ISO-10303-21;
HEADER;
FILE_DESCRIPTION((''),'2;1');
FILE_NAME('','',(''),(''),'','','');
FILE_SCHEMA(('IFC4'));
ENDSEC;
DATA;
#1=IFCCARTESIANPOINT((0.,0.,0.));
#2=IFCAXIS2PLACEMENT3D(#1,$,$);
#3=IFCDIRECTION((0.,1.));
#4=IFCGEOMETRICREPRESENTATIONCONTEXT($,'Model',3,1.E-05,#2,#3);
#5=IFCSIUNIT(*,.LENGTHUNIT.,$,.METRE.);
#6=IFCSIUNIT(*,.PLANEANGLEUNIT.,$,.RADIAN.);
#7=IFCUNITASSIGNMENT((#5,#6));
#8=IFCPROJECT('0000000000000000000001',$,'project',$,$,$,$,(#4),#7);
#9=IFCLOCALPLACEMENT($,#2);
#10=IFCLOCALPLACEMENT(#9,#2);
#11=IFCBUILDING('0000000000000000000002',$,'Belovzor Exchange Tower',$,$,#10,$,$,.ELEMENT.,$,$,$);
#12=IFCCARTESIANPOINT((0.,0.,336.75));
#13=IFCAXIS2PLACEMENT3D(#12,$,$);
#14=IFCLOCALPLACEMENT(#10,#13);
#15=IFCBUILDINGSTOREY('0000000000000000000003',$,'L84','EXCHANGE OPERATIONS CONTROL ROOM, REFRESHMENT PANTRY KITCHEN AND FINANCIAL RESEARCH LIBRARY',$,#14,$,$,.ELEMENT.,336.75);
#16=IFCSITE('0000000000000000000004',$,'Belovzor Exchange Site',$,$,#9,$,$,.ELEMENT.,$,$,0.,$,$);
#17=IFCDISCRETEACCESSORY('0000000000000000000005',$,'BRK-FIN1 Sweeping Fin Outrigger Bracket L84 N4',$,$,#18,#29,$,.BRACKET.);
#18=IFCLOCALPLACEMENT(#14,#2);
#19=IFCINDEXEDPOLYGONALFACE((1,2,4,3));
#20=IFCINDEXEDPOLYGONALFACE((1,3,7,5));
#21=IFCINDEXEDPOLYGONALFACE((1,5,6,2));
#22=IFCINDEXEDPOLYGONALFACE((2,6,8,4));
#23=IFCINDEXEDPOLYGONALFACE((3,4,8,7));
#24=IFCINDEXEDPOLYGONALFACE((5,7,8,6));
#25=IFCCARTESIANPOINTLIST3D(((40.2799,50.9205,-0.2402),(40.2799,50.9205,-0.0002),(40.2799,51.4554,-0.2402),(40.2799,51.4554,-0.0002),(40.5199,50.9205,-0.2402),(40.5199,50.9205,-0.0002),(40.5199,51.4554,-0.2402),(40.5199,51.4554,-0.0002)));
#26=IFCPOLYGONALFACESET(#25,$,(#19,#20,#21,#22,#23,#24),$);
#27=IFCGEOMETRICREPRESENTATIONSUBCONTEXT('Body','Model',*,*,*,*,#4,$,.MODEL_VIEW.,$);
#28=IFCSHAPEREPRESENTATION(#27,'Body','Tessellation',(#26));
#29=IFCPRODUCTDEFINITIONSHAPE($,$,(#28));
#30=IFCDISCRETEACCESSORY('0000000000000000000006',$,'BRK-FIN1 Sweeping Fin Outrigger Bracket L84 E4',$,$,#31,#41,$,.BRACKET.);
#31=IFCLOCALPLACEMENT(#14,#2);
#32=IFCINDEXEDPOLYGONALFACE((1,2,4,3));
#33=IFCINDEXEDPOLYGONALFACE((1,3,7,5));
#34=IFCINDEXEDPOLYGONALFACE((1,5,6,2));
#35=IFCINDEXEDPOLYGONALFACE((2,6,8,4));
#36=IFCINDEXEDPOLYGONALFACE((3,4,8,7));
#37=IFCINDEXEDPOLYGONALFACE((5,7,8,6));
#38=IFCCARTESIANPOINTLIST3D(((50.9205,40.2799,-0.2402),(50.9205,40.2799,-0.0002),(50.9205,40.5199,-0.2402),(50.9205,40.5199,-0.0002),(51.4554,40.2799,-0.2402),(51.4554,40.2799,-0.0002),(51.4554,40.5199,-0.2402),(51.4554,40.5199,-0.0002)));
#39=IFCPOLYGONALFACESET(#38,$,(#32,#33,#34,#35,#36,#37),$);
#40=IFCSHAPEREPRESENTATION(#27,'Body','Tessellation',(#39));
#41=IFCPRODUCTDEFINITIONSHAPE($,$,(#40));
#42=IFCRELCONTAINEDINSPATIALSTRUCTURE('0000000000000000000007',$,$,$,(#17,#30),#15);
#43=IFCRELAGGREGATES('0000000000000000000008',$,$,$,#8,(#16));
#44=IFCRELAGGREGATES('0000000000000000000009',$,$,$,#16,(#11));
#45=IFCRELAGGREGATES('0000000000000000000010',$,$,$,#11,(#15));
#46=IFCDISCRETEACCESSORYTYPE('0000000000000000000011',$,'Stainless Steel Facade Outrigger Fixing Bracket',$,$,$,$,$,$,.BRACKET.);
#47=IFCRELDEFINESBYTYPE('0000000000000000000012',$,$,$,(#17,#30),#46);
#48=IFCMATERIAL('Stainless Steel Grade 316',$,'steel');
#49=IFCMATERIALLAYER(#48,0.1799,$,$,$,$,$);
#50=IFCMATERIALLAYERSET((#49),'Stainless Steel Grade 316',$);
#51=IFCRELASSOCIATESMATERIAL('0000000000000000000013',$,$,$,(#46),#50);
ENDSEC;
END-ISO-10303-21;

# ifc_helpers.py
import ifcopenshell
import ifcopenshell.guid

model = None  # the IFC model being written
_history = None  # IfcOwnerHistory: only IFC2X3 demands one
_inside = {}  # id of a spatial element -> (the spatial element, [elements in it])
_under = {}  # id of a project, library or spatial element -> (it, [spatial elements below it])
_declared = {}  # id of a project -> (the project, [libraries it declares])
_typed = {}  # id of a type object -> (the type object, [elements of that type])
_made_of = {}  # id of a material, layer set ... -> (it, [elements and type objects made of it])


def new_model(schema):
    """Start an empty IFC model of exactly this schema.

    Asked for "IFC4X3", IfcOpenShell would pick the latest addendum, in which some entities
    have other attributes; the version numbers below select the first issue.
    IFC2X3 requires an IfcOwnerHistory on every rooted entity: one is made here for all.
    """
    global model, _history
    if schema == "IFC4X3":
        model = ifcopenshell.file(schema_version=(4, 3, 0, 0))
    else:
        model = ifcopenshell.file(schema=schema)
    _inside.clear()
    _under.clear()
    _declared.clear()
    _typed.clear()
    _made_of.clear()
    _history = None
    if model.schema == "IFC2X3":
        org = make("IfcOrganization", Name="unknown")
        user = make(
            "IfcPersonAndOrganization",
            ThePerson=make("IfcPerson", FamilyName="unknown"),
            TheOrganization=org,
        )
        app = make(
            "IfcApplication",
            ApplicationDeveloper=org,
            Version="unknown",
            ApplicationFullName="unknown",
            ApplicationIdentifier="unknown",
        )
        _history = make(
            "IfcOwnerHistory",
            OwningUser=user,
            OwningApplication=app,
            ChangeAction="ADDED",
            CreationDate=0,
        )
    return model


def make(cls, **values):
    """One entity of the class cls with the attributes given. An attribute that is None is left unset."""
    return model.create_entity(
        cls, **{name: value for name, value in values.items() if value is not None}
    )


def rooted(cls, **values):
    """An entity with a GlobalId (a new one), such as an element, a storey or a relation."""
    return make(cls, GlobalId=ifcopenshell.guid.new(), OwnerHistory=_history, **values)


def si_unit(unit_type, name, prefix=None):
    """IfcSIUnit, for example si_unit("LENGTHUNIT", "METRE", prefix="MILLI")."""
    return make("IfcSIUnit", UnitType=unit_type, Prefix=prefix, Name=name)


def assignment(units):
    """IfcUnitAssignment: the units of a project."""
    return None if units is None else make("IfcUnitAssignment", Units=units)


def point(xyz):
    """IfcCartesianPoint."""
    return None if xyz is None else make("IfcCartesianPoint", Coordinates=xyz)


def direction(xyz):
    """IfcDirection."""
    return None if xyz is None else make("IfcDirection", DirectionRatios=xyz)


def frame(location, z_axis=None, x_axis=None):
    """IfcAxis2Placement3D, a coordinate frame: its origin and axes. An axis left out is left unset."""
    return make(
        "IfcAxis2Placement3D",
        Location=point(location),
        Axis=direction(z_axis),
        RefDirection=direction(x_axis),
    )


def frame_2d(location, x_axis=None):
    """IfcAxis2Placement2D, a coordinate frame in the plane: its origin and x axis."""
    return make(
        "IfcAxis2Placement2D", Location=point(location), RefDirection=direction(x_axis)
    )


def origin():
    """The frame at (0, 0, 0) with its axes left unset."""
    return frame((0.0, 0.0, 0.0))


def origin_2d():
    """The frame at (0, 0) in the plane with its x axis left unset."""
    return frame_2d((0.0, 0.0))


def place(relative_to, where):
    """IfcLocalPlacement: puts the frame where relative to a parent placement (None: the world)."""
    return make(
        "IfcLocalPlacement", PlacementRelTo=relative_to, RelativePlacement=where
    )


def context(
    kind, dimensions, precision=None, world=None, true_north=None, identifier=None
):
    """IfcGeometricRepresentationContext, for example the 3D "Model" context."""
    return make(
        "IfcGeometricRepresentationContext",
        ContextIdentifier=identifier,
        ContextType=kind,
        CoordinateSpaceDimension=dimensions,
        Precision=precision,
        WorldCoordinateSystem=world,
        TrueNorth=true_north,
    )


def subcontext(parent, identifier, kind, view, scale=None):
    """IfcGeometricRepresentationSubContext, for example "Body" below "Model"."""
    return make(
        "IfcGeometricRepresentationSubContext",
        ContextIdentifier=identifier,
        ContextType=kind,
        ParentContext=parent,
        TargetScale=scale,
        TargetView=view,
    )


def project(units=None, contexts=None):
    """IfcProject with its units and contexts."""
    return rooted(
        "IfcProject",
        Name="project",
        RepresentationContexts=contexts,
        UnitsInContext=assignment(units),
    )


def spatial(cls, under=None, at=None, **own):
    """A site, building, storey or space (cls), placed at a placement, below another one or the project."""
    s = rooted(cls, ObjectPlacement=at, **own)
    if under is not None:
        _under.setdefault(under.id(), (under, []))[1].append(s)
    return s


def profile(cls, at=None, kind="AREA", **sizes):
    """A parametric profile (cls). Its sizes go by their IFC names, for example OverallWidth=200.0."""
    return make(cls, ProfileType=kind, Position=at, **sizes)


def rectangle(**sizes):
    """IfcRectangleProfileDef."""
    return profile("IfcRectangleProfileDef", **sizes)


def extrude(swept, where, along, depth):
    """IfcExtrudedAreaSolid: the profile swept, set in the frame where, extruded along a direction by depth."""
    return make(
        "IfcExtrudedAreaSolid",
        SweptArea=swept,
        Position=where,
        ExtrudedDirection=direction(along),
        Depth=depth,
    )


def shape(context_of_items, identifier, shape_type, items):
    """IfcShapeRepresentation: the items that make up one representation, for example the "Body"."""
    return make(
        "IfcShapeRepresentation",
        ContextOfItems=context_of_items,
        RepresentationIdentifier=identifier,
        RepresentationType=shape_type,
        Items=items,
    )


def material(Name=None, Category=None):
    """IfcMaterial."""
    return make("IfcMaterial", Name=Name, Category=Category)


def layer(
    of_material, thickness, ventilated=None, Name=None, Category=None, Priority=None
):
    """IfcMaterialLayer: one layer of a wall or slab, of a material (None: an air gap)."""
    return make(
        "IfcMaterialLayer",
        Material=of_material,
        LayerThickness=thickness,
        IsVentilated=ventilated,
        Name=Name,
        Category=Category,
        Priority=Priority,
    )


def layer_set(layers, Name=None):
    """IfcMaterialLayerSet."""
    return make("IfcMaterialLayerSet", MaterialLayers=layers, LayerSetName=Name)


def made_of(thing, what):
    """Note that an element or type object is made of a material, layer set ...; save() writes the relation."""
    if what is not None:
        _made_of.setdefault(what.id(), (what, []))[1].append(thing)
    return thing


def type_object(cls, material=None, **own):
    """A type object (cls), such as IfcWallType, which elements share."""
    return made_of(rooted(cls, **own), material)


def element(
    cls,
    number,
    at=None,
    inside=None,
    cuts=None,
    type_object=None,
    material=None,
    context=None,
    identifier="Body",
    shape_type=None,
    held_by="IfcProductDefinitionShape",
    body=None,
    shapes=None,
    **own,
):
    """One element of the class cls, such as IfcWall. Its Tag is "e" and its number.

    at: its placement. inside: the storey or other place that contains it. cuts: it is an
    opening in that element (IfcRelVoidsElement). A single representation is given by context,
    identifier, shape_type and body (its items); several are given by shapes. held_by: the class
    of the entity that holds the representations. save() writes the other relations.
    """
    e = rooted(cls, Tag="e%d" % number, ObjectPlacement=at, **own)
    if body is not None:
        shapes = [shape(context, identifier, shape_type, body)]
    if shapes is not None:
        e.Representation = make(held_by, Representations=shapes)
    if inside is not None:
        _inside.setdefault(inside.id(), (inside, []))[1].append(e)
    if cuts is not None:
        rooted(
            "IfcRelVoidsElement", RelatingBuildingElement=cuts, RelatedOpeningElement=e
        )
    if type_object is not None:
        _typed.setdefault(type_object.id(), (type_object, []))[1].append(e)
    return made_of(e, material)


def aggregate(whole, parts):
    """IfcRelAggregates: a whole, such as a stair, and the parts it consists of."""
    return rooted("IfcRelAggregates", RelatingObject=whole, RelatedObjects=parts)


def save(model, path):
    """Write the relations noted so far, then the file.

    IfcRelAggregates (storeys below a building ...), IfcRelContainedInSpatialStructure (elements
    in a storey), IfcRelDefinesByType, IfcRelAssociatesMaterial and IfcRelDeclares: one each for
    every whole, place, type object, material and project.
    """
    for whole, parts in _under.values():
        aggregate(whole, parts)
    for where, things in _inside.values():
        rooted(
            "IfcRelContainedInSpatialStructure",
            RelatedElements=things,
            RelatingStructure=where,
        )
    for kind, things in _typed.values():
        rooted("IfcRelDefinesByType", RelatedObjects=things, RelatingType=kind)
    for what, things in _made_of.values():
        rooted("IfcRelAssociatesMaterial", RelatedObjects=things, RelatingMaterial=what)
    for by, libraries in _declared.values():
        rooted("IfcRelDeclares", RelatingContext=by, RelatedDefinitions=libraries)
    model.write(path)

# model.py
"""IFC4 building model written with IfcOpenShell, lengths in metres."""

from ifc_helpers import new_model, si_unit, direction, frame, origin, origin_2d, place, context, subcontext, project, spatial, rectangle, extrude, material, layer, layer_set, type_object, element, save


model = new_model("IFC4")

# Units and contexts
model_context = context("Model", 3, precision=1e-05, world=origin(), true_north=direction((0.0, 1.0)))
body_context = subcontext(model_context, "Body", "Model", "MODEL_VIEW")
ifc_project = project(units=[si_unit("LENGTHUNIT", "METRE"), si_unit("PLANEANGLEUNIT", "RADIAN")], contexts=[model_context])

# Site, building, storey
site_placement = place(None, origin())
site = spatial("IfcSite", under=ifc_project, at=site_placement, Name="Belovzor Exchange Site", CompositionType="ELEMENT", RefElevation=0.0)
building_placement = place(site_placement, origin())
building = spatial("IfcBuilding", under=site, at=building_placement, Name="Belovzor Exchange Tower", CompositionType="ELEMENT")
storey_placement = place(building_placement, frame((0.0, 0.0, 336.75)))
storey = spatial("IfcBuildingStorey", under=building, at=storey_placement, Name="L84", Description="EXCHANGE OPERATIONS CONTROL ROOM, REFRESHMENT PANTRY KITCHEN AND FINANCIAL RESEARCH LIBRARY", CompositionType="ELEMENT", Elevation=336.75)

# Discrete accessories
ifc_material_1 = material(Name="Stainless Steel Grade 316", Category="steel")
ifc_layer_1 = layer(ifc_material_1, 0.1799)
ifc_layer_set_1 = layer_set([ifc_layer_1], Name="Stainless Steel Grade 316")
discrete_accessory_type = type_object("IfcDiscreteAccessoryType", Name="Stainless Steel Facade Outrigger Fixing Bracket", PredefinedType="BRACKET", material=ifc_layer_set_1)
for number, where, z_axis, x_axis, name in (
    (1, (40.3999, 51.188, -0.2402), (0.0, 0.0, 1.0), (0.0, 1.0, 0.0), "BRK-FIN1 Sweeping Fin Outrigger Bracket L84 N4"),
    (2, (51.188, 40.3999, -0.2402), (0.0, 0.0, 1.0), (1.0, 0.0, 0.0), "BRK-FIN1 Sweeping Fin Outrigger Bracket L84 E4"),
):
    element("IfcDiscreteAccessory", number, at=place(storey_placement, frame(where, z_axis=z_axis, x_axis=x_axis)), inside=storey, type_object=discrete_accessory_type, Name=name, PredefinedType="BRACKET", context=body_context, shape_type="SweptSolid", body=[
        extrude(rectangle(XDim=0.5349, YDim=0.24, at=origin_2d()), origin(), (0.0, 0.0, 1.0), 0.24),
    ])

save(model, "model.ifc")
